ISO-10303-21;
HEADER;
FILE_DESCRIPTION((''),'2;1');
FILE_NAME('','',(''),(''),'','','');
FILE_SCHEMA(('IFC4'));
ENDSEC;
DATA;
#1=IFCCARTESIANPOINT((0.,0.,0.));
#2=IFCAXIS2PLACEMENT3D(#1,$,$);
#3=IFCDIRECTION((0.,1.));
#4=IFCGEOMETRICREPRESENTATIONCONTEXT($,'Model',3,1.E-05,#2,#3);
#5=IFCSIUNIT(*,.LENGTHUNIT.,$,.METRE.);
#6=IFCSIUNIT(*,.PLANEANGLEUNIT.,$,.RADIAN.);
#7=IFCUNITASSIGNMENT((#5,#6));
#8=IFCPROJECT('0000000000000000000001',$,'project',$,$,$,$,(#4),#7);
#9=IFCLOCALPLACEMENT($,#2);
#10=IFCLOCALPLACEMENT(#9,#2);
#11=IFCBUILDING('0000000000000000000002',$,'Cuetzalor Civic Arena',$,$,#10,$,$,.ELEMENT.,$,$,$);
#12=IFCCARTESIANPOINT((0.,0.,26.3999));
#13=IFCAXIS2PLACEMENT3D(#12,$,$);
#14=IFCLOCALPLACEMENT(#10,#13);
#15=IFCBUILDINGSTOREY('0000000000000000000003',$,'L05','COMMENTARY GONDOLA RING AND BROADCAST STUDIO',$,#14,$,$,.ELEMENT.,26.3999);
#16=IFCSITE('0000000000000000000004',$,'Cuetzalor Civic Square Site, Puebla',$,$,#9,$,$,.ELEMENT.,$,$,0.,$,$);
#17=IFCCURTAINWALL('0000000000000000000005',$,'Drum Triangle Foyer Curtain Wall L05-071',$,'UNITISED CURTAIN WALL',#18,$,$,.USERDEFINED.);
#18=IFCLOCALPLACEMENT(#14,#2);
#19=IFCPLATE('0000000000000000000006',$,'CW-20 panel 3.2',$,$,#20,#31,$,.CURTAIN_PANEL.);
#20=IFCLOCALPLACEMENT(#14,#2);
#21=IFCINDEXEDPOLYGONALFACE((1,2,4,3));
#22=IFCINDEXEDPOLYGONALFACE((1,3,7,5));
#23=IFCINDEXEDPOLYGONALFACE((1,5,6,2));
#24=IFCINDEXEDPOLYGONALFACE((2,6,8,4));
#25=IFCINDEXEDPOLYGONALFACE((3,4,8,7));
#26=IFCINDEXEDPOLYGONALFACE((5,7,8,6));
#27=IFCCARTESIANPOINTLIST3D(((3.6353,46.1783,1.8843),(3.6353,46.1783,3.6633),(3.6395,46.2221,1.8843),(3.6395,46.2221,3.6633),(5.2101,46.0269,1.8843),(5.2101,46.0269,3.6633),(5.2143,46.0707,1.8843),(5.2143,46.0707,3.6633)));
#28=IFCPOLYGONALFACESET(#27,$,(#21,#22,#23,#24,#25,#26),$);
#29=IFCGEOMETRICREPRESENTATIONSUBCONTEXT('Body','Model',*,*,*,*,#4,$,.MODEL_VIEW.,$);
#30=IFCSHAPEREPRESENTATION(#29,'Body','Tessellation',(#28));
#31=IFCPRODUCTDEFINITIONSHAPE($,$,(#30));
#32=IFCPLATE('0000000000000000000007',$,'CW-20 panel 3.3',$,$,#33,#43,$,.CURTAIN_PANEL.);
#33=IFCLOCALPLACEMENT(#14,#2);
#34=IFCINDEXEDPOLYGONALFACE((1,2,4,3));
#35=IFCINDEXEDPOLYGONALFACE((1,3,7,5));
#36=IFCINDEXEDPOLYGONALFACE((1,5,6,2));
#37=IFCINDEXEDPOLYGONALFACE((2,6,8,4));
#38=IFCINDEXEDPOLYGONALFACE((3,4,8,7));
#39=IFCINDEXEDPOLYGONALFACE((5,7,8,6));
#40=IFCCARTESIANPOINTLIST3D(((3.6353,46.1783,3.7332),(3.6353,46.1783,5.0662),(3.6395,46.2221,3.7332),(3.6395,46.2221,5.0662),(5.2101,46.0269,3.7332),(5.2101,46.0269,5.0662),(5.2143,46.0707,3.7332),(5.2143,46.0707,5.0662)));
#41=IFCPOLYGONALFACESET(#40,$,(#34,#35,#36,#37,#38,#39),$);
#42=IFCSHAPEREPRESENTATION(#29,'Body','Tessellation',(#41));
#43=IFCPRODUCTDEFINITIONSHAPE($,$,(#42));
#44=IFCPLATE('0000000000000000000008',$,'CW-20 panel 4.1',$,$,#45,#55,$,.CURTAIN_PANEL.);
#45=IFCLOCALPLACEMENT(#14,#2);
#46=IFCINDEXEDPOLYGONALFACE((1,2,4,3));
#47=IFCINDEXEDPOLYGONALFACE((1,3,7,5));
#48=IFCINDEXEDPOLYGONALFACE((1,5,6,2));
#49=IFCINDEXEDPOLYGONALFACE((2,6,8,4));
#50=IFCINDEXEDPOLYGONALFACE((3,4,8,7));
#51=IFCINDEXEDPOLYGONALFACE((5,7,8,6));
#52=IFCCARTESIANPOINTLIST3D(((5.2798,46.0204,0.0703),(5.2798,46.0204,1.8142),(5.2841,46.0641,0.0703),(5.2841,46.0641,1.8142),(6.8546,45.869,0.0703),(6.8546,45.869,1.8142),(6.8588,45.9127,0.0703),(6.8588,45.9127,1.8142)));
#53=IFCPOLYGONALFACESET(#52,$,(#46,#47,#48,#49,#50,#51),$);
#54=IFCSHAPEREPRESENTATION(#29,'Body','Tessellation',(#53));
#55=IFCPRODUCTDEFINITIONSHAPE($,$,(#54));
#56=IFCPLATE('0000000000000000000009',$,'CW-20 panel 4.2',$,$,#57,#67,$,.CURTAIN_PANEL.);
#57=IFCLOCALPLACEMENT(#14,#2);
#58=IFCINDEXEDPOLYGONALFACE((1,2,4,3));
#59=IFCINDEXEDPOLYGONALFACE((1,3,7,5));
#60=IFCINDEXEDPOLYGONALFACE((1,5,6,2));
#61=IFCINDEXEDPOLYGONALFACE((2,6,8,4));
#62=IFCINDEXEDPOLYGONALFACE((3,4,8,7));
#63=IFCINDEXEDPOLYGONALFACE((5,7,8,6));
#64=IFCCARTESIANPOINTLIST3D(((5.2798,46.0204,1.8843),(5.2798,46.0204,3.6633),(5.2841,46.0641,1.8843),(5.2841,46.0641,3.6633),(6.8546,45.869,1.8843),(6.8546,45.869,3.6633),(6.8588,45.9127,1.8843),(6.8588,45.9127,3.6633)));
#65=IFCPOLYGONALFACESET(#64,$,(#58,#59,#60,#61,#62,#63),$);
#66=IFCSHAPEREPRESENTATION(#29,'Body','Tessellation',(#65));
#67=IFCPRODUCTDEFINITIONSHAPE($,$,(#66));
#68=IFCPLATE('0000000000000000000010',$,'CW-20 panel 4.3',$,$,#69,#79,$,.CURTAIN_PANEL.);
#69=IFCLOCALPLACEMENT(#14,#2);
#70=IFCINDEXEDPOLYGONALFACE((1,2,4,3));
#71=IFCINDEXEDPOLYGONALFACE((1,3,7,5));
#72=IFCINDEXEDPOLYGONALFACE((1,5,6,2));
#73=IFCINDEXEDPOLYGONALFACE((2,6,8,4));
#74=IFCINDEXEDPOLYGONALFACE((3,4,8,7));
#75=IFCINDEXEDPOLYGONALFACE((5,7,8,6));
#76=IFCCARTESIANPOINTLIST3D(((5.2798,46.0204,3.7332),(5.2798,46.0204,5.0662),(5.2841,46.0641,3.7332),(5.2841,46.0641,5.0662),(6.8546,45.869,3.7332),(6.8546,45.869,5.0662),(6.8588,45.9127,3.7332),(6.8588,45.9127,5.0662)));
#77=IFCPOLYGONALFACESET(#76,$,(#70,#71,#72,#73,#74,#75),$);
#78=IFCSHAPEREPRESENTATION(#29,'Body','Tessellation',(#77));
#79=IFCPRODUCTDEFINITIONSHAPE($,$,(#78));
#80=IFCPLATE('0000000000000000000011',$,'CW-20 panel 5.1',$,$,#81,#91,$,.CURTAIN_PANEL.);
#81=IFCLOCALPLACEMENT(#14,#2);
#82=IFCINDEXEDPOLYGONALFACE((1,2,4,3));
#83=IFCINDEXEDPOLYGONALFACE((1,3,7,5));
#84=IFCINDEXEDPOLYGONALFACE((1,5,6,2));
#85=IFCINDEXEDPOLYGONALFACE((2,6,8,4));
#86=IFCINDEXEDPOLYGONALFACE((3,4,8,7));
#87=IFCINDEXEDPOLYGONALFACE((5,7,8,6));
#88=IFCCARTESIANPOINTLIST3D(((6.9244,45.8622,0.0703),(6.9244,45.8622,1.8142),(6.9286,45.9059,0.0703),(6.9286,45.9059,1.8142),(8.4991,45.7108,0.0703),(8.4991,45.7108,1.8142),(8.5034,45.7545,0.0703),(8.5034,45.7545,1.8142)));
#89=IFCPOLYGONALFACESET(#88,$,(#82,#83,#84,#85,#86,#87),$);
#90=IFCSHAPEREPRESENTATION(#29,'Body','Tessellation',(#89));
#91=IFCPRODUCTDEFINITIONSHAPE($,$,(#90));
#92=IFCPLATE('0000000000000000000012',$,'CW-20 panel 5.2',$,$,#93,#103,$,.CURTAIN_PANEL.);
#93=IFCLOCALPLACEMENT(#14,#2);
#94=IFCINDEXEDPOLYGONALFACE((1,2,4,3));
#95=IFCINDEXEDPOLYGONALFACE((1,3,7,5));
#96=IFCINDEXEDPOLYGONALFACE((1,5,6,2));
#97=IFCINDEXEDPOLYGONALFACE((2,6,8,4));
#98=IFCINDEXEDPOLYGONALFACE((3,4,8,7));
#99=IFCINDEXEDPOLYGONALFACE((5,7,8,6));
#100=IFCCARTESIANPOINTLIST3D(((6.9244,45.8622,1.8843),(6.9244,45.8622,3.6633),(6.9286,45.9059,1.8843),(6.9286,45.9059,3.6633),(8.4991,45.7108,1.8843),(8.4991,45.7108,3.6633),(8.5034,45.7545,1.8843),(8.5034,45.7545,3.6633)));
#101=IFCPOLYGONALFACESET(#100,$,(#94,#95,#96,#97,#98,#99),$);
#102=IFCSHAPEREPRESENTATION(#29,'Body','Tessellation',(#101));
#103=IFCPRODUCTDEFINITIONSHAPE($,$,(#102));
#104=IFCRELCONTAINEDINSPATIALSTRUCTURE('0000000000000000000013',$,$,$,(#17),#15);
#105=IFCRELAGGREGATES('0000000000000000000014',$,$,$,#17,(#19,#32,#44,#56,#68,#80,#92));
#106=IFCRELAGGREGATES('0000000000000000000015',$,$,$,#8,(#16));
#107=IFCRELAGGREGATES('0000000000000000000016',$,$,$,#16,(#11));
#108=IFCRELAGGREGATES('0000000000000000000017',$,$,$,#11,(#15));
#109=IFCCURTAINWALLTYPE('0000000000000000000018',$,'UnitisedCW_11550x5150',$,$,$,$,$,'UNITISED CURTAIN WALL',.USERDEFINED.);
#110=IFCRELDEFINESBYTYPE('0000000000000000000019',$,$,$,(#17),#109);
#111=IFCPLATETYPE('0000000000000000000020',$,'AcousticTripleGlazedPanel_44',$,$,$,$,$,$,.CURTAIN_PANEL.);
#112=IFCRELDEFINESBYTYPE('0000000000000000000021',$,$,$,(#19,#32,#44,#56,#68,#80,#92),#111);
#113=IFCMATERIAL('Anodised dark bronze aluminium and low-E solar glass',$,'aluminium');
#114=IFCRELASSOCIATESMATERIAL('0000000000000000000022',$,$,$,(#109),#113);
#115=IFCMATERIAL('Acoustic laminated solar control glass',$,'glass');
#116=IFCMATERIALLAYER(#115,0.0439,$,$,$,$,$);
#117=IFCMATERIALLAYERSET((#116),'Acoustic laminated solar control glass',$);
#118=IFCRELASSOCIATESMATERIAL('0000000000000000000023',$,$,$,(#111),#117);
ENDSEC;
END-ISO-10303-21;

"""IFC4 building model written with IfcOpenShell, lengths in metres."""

from ifc_helpers import new_model, si_unit, direction, frame, origin, origin_2d, place, context, subcontext, project, spatial, rectangle, extrude, material, layer, layer_set, type_object, element, aggregate, save


model = new_model("IFC4")

# Units and contexts
model_context = context("Model", 3, precision=1e-05, world=origin(), true_north=direction((0.0, 1.0)))
body_context = subcontext(model_context, "Body", "Model", "MODEL_VIEW")
ifc_project = project(units=[si_unit("LENGTHUNIT", "METRE"), si_unit("PLANEANGLEUNIT", "RADIAN")], contexts=[model_context])

# Site, building, storey
site_placement = place(None, origin())
site = spatial("IfcSite", under=ifc_project, at=site_placement, Name="Cuetzalor Civic Square Site, Puebla", CompositionType="ELEMENT", RefElevation=0.0)
building_placement = place(site_placement, origin())
building = spatial("IfcBuilding", under=site, at=building_placement, Name="Cuetzalor Civic Arena", CompositionType="ELEMENT")
storey_placement = place(building_placement, frame((0.0, 0.0, 26.3999)))
storey = spatial("IfcBuildingStorey", under=building, at=storey_placement, Name="L05", Description="COMMENTARY GONDOLA RING AND BROADCAST STUDIO", CompositionType="ELEMENT", Elevation=26.3999)

# Curtain wall, plates
ifc_material_1 = material(Name="Anodised dark bronze aluminium and low-E solar glass", Category="aluminium")
curtain_wall_type = type_object("IfcCurtainWallType", Name="UnitisedCW_11550x5150", ElementType="UNITISED CURTAIN WALL", PredefinedType="USERDEFINED", material=ifc_material_1)
curtain_wall_placement = place(storey_placement, origin())
curtain_wall = element("IfcCurtainWall", 1, at=curtain_wall_placement, inside=storey, type_object=curtain_wall_type, Name="Drum Triangle Foyer Curtain Wall L05-071", ObjectType="UNITISED CURTAIN WALL", PredefinedType="USERDEFINED")
ifc_material_2 = material(Name="Acoustic laminated solar control glass", Category="glass")
ifc_layer = layer(ifc_material_2, 0.0439)
ifc_layer_set = layer_set([ifc_layer], Name="Acoustic laminated solar control glass")
plate_type = type_object("IfcPlateType", Name="AcousticTripleGlazedPanel_44", PredefinedType="CURTAIN_PANEL", material=ifc_layer_set)
plate_1_placement = place(storey_placement, frame((4.4248, 46.1245, 1.8843), z_axis=(0.0, 0.0, 1.0), x_axis=(0.995409, -0.095711, 0.0)))
plate_1 = element("IfcPlate", 2, at=plate_1_placement, type_object=plate_type, Name="CW-20 panel 3.2", PredefinedType="CURTAIN_PANEL", context=body_context, shape_type="SweptSolid", body=[
    extrude(rectangle(XDim=1.582, YDim=0.0439, at=origin_2d()), origin(), (0.0, 0.0, 1.0), 1.7791),
])
plate_2_placement = place(storey_placement, frame((4.4248, 46.1245, 3.7332), z_axis=(0.0, 0.0, 1.0), x_axis=(0.995409, -0.095711, 0.0)))
plate_2 = element("IfcPlate", 3, at=plate_2_placement, type_object=plate_type, Name="CW-20 panel 3.3", PredefinedType="CURTAIN_PANEL", context=body_context, shape_type="SweptSolid", body=[
    extrude(rectangle(XDim=1.582, YDim=0.0439, at=origin_2d()), origin(), (0.0, 0.0, 1.0), 1.333),
])
plate_3_placement = place(storey_placement, frame((6.0693, 45.9666, 0.0703), z_axis=(0.0, 0.0, 1.0), x_axis=(0.995409, -0.095711, 0.0)))
plate_3 = element("IfcPlate", 4, at=plate_3_placement, type_object=plate_type, Name="CW-20 panel 4.1", PredefinedType="CURTAIN_PANEL", context=body_context, shape_type="SweptSolid", body=[
    extrude(rectangle(XDim=1.582, YDim=0.0439, at=origin_2d()), origin(), (0.0, 0.0, 1.0), 1.7439),
])
plate_4_placement = place(storey_placement, frame((6.0693, 45.9666, 1.8843), z_axis=(0.0, 0.0, 1.0), x_axis=(0.995409, -0.095711, 0.0)))
plate_4 = element("IfcPlate", 5, at=plate_4_placement, type_object=plate_type, Name="CW-20 panel 4.2", PredefinedType="CURTAIN_PANEL", context=body_context, shape_type="SweptSolid", body=[
    extrude(rectangle(XDim=1.582, YDim=0.0439, at=origin_2d()), origin(), (0.0, 0.0, 1.0), 1.7791),
])
plate_5_placement = place(storey_placement, frame((6.0693, 45.9666, 3.7332), z_axis=(0.0, 0.0, 1.0), x_axis=(0.995409, -0.095711, 0.0)))
plate_5 = element("IfcPlate", 6, at=plate_5_placement, type_object=plate_type, Name="CW-20 panel 4.3", PredefinedType="CURTAIN_PANEL", context=body_context, shape_type="SweptSolid", body=[
    extrude(rectangle(XDim=1.582, YDim=0.0439, at=origin_2d()), origin(), (0.0, 0.0, 1.0), 1.333),
])
plate_6_placement = place(storey_placement, frame((7.7139, 45.8083, 0.0703), z_axis=(0.0, 0.0, 1.0), x_axis=(0.995409, -0.095711, 0.0)))
plate_6 = element("IfcPlate", 7, at=plate_6_placement, type_object=plate_type, Name="CW-20 panel 5.1", PredefinedType="CURTAIN_PANEL", context=body_context, shape_type="SweptSolid", body=[
    extrude(rectangle(XDim=1.582, YDim=0.0439, at=origin_2d()), origin(), (0.0, 0.0, 1.0), 1.7439),
])
plate_7_placement = place(storey_placement, frame((7.7139, 45.8083, 1.8843), z_axis=(0.0, 0.0, 1.0), x_axis=(0.995409, -0.095711, 0.0)))
plate_7 = element("IfcPlate", 8, at=plate_7_placement, type_object=plate_type, Name="CW-20 panel 5.2", PredefinedType="CURTAIN_PANEL", context=body_context, shape_type="SweptSolid", body=[
    extrude(rectangle(XDim=1.582, YDim=0.0439, at=origin_2d()), origin(), (0.0, 0.0, 1.0), 1.7791),
])
aggregate(curtain_wall, [plate_1, plate_2, plate_3, plate_4, plate_5, plate_6, plate_7])

save(model, "model.ifc")
